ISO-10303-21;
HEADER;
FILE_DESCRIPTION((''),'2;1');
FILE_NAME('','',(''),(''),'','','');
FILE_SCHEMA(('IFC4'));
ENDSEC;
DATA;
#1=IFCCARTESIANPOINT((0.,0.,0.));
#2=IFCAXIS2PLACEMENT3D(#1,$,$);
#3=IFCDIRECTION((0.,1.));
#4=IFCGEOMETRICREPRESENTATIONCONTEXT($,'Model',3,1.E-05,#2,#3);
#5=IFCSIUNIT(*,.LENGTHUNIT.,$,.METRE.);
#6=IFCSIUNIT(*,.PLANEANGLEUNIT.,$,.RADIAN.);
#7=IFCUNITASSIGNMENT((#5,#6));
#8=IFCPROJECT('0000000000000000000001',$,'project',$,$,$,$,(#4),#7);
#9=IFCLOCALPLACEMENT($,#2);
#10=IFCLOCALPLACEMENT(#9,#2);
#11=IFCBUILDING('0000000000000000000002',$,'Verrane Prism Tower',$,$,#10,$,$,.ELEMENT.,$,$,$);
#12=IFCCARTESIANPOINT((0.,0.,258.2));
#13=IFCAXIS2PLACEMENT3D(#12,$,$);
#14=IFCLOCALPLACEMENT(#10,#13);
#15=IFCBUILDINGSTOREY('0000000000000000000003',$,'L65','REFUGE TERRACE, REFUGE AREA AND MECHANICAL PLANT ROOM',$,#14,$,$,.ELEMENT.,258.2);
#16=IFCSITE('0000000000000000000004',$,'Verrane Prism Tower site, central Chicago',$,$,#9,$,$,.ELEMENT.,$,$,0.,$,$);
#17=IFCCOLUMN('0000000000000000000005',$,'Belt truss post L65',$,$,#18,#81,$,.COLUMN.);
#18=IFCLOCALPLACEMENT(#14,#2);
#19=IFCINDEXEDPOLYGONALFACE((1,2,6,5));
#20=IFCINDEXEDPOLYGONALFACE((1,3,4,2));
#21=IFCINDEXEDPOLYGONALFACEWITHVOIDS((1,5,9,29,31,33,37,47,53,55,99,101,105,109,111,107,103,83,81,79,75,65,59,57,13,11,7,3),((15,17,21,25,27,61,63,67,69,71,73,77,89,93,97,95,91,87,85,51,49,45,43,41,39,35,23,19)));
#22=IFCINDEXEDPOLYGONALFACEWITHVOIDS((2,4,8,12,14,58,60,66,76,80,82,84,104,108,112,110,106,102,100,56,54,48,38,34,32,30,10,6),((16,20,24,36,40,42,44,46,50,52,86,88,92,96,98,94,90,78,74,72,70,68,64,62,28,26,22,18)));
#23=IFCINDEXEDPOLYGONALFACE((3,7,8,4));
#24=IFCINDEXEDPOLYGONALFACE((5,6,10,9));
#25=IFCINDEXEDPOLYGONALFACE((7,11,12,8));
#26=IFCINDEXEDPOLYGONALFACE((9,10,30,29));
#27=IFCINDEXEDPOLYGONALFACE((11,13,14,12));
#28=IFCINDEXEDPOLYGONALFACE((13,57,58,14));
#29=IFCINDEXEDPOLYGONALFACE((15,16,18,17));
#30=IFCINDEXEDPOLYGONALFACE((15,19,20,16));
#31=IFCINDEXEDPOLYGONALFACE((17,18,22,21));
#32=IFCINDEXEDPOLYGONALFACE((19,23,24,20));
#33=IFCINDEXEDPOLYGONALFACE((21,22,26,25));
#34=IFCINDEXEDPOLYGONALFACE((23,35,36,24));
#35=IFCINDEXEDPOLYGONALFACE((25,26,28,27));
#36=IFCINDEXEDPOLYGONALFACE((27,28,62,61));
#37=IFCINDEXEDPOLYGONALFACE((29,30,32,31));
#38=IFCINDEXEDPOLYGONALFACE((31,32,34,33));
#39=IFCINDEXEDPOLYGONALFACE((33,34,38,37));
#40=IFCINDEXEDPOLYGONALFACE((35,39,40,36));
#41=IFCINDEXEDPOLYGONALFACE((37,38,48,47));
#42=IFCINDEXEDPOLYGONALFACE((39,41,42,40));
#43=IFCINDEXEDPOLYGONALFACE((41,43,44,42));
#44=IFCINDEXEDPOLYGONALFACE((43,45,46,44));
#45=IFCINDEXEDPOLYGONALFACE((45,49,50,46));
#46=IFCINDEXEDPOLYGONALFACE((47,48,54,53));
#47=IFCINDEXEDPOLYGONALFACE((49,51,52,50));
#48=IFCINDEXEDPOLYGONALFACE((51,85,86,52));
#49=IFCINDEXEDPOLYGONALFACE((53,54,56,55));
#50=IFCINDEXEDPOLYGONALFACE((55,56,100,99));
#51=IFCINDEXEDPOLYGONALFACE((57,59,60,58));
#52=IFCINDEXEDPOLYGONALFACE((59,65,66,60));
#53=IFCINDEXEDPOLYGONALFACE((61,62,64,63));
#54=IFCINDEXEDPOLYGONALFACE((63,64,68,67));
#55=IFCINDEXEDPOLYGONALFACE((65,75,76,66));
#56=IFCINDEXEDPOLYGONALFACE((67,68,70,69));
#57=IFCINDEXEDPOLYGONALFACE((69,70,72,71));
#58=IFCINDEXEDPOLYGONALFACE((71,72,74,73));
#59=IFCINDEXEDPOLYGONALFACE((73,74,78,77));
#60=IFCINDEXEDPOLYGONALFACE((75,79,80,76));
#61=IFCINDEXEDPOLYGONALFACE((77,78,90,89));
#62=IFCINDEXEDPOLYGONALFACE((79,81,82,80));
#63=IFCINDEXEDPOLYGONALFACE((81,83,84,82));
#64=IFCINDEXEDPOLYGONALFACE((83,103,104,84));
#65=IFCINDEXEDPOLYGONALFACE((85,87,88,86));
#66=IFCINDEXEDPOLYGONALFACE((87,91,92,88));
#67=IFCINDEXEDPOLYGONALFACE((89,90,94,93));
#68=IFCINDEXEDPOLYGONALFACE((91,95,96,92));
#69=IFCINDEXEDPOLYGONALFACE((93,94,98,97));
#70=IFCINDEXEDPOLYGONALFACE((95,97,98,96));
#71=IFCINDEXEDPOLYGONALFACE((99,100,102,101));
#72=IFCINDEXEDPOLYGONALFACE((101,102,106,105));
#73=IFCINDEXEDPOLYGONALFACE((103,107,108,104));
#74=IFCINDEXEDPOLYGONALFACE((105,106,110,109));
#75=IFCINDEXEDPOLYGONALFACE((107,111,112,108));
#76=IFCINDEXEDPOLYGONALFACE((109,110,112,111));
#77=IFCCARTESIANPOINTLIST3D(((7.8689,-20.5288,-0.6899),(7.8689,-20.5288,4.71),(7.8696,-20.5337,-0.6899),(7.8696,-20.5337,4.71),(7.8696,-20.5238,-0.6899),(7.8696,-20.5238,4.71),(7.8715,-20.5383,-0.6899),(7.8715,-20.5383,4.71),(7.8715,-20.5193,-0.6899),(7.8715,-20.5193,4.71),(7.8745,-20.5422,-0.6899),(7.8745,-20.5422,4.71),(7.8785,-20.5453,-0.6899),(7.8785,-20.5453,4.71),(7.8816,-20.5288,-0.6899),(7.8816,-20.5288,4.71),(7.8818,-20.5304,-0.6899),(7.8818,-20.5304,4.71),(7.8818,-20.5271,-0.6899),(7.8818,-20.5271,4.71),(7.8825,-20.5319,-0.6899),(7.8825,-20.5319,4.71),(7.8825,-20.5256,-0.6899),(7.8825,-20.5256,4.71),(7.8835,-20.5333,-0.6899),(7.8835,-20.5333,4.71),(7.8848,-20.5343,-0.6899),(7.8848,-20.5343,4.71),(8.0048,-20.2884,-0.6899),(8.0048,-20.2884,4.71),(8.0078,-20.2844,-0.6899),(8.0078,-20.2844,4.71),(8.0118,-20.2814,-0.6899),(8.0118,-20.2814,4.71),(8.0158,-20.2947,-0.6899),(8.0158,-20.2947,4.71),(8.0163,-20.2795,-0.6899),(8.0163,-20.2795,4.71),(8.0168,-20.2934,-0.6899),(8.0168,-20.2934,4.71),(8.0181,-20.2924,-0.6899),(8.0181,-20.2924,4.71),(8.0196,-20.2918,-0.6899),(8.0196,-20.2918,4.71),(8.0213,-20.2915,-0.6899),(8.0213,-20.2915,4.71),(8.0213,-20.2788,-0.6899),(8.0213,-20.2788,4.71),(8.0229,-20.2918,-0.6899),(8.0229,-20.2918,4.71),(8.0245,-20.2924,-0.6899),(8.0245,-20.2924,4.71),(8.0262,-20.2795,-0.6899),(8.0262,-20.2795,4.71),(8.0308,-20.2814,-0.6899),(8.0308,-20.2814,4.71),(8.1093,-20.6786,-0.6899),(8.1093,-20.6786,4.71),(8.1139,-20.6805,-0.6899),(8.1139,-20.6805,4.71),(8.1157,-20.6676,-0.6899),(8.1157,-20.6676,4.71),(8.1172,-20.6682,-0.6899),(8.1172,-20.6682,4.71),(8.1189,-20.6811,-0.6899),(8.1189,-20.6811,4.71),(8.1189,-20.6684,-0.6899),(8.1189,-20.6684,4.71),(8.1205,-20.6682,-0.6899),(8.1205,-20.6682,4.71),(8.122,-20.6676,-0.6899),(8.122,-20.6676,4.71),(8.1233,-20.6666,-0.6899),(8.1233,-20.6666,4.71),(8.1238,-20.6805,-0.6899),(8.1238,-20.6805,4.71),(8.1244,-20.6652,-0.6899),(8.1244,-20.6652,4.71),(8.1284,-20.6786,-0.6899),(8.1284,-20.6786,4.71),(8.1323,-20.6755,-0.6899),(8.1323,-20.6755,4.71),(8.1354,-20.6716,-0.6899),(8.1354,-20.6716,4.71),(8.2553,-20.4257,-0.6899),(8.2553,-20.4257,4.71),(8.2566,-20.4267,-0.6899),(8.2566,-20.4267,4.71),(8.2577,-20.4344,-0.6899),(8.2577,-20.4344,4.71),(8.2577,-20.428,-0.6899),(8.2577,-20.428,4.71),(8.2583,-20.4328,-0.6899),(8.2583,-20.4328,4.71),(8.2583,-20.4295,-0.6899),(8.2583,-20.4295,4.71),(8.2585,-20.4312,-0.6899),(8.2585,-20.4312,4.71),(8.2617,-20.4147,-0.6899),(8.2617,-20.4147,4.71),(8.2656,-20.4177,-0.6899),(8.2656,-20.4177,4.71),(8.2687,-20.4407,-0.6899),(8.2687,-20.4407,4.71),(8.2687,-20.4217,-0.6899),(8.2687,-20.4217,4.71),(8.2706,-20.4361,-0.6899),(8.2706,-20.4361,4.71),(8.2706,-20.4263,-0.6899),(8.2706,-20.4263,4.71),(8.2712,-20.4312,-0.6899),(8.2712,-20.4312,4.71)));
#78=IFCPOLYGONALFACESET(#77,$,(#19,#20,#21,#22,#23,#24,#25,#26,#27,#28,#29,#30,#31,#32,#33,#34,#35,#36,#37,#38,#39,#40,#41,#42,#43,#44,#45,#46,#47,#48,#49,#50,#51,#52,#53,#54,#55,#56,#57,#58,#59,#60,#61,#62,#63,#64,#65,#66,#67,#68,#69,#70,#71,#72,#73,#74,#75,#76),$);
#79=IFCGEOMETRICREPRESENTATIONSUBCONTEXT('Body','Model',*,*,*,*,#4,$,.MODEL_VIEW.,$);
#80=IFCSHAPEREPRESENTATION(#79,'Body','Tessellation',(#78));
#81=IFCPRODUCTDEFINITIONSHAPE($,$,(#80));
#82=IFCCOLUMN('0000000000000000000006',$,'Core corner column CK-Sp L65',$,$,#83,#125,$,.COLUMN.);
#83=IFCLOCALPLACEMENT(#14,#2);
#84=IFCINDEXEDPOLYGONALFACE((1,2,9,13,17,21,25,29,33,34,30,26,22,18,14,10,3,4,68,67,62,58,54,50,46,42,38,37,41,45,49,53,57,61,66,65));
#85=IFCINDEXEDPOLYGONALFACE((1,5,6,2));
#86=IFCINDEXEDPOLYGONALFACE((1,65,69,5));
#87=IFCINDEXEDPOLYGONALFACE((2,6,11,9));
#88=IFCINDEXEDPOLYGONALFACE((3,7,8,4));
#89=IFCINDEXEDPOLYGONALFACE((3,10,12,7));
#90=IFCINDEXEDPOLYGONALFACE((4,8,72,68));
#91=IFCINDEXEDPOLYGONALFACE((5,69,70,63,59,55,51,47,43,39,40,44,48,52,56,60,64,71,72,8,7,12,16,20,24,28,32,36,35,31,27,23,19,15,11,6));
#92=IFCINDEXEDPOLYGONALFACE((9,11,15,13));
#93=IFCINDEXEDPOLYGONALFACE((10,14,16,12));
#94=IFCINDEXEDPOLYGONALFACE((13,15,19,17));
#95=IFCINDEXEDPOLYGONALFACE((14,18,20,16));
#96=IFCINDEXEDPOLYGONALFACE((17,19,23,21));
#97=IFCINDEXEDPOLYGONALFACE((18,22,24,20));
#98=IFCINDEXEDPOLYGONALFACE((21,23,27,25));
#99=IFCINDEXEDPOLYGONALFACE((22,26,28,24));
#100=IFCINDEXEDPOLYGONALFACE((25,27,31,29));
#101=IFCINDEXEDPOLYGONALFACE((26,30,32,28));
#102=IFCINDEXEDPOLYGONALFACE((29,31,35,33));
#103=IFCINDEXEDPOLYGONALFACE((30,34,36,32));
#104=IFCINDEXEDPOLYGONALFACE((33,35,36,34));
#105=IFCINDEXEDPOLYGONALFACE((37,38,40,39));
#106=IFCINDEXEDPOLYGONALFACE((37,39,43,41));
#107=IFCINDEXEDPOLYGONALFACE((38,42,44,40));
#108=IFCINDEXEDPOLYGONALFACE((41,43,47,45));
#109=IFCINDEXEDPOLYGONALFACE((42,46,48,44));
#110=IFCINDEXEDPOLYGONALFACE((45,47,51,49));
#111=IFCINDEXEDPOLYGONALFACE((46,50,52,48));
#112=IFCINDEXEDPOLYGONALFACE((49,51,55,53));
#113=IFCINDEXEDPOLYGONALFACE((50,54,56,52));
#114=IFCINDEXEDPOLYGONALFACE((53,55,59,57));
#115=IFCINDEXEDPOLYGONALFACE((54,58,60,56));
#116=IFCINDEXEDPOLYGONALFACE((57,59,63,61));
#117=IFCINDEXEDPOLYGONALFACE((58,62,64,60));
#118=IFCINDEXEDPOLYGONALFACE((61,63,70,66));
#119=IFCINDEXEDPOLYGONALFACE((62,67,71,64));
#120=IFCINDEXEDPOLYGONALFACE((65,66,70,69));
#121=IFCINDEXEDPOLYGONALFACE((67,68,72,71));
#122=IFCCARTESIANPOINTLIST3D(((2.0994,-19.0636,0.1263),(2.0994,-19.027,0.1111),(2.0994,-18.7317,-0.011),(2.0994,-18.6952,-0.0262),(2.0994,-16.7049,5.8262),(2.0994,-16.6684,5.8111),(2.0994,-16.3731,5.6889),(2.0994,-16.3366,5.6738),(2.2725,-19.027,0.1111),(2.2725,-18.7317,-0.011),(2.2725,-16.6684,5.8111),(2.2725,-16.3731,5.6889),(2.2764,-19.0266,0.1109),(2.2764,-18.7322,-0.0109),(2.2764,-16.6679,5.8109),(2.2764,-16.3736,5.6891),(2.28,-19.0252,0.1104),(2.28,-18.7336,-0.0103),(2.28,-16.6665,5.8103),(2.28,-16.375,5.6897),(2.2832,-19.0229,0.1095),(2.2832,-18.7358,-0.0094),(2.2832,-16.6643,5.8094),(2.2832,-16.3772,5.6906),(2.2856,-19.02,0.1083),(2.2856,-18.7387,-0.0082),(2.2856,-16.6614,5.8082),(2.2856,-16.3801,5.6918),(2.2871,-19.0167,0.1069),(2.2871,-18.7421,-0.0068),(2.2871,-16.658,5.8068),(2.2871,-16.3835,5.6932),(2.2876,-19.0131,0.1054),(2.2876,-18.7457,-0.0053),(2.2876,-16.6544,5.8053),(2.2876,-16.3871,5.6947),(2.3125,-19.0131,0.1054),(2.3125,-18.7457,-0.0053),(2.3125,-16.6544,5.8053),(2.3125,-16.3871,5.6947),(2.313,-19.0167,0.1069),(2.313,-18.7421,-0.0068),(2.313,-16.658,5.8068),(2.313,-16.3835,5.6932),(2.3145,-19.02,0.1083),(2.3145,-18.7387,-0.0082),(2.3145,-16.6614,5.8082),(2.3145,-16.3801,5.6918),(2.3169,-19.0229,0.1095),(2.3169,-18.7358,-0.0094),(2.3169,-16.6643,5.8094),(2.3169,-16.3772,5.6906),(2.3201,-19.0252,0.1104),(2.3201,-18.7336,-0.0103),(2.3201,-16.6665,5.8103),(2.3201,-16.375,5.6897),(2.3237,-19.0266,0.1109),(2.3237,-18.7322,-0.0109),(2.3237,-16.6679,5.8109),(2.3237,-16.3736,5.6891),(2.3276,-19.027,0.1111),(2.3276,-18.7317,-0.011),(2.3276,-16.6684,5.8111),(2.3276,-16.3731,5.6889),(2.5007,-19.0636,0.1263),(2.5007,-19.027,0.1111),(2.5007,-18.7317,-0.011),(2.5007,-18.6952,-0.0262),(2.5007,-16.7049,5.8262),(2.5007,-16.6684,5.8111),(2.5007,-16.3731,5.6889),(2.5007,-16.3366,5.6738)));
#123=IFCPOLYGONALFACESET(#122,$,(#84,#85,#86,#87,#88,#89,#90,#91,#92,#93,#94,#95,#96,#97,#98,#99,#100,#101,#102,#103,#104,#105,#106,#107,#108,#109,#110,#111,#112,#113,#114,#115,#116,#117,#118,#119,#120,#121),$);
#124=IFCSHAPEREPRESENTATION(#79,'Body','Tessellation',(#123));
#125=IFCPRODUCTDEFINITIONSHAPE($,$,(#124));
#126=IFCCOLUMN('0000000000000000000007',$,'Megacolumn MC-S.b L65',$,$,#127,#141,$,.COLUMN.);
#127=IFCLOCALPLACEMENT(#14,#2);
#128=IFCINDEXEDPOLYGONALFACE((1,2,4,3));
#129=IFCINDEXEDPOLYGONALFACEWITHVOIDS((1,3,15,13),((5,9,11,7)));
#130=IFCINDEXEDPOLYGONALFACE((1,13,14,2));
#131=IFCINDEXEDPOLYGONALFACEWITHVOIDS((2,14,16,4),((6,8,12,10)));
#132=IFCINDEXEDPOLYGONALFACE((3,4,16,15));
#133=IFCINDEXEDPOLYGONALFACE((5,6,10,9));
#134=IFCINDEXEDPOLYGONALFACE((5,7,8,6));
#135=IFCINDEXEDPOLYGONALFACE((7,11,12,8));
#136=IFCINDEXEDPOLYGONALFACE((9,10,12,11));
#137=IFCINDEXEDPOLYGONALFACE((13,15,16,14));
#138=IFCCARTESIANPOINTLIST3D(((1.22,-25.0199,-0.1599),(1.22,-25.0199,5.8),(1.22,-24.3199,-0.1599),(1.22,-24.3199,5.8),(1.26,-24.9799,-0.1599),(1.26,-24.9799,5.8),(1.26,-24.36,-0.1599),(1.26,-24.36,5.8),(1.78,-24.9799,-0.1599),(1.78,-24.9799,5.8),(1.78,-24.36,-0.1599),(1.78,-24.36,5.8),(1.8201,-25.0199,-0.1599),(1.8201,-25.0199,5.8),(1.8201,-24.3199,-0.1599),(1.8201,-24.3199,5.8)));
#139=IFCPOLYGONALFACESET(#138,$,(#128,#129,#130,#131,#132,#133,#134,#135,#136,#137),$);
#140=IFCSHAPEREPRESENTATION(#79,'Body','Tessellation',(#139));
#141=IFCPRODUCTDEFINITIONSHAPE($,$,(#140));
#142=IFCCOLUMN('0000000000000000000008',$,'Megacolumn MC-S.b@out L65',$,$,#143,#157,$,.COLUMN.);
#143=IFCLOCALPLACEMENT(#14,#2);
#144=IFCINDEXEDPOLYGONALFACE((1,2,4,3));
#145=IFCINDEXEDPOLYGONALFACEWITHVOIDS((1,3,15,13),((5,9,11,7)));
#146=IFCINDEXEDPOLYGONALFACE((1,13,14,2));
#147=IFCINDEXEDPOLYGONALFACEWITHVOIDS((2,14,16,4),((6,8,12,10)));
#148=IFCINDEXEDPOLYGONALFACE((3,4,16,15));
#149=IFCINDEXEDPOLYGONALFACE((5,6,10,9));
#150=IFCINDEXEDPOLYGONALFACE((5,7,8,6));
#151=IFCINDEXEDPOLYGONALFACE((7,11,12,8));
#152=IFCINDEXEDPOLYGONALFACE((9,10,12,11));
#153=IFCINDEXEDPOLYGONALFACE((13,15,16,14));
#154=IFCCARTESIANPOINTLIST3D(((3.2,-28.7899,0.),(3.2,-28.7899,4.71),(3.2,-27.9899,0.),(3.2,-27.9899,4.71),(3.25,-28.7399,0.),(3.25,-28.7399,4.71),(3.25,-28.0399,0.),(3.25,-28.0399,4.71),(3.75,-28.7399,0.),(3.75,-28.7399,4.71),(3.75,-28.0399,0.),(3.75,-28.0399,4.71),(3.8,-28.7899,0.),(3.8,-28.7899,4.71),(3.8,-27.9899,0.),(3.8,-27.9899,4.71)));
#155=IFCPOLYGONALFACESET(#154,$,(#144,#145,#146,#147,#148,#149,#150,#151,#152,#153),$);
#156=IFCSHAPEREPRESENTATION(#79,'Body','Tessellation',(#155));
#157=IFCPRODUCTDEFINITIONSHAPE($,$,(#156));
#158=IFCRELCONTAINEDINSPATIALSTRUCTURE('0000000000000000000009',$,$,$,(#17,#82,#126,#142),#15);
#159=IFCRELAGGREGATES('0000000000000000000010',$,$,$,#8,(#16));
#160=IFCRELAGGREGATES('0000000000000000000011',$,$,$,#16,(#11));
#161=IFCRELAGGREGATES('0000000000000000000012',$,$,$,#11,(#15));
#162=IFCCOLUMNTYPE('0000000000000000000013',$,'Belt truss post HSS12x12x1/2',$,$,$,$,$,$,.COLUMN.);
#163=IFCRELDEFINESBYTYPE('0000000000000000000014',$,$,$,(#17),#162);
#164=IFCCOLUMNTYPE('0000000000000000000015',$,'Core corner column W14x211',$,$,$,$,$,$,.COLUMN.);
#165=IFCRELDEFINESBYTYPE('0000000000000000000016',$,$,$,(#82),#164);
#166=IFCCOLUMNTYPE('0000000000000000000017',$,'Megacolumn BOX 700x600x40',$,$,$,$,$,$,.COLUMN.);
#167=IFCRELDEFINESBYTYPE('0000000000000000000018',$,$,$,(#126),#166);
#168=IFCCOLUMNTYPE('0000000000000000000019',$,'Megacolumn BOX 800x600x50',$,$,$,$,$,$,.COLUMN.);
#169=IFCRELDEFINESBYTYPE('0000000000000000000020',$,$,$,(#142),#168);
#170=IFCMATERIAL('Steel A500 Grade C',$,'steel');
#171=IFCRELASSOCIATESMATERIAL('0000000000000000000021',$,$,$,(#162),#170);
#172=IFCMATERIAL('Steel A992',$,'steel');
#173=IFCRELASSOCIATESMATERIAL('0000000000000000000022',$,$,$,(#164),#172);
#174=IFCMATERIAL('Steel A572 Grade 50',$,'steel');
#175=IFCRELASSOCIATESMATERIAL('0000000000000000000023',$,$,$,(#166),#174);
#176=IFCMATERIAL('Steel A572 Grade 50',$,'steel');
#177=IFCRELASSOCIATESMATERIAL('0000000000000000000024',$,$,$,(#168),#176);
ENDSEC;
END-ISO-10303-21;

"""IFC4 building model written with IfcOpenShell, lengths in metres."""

from ifc_helpers import new_model, si_unit, direction, frame, origin, origin_2d, place, context, subcontext, project, spatial, hollow_rectangle, i_section, extrude, material, material_profile, profile_set, type_object, element, save


model = new_model("IFC4")

# Units and contexts
model_context = context("Model", 3, precision=1e-05, world=origin(), true_north=direction((0.0, 1.0)))
body_context = subcontext(model_context, "Body", "Model", "MODEL_VIEW")
ifc_project = project(units=[si_unit("LENGTHUNIT", "METRE"), si_unit("PLANEANGLEUNIT", "RADIAN")], contexts=[model_context])

# Site, building, storey
site_placement = place(None, origin())
site = spatial("IfcSite", under=ifc_project, at=site_placement, Name="Verrane Prism Tower site, central Chicago", CompositionType="ELEMENT", RefElevation=0.0)
building_placement = place(site_placement, origin())
building = spatial("IfcBuilding", under=site, at=building_placement, Name="Verrane Prism Tower", CompositionType="ELEMENT")
storey_placement = place(building_placement, frame((0.0, 0.0, 258.2)))
storey = spatial("IfcBuildingStorey", under=building, at=storey_placement, Name="L65", Description="REFUGE TERRACE, REFUGE AREA AND MECHANICAL PLANT ROOM", CompositionType="ELEMENT", Elevation=258.2)

# Columns
ifc_material_1 = material(Name="Steel A500 Grade C", Category="steel")
ifc_material_profile_1 = material_profile(ifc_material_1, hollow_rectangle(XDim=0.3047, YDim=0.3047, WallThickness=0.0127, InnerFilletRadius=0.0063, OuterFilletRadius=0.019, at=origin_2d()), Name="HSS12x12x1/2")
ifc_profile_set_1 = profile_set([ifc_material_profile_1], Name="Steel A500 Grade C")
column_type_1 = type_object("IfcColumnType", Name="Belt truss post HSS12x12x1/2", PredefinedType="COLUMN", material=ifc_profile_set_1)
column_1_placement = place(storey_placement, frame((8.0701, -20.48, -0.6899), z_axis=(0.0, 0.0, 1.0), x_axis=(-0.5, -0.866025, 0.0)))
element("IfcColumn", 1, at=column_1_placement, inside=storey, type_object=column_type_1, Name="Belt truss post L65", PredefinedType="COLUMN", context=body_context, shape_type="SweptSolid", body=[
    extrude(hollow_rectangle(XDim=0.3047, YDim=0.3047, WallThickness=0.0127, InnerFilletRadius=0.0063, OuterFilletRadius=0.019, at=origin_2d()), origin(), (0.0, 0.0, 1.0), 5.3999),
])
ifc_material_2 = material(Name="Steel A992", Category="steel")
ifc_material_profile_2 = material_profile(ifc_material_2, i_section(OverallWidth=0.4014, OverallDepth=0.3987, WebThickness=0.0249, FlangeThickness=0.0396, FilletRadius=0.0151, at=origin_2d()), Name="W14x211")
ifc_profile_set_2 = profile_set([ifc_material_profile_2], Name="Steel A992")
column_type_2 = type_object("IfcColumnType", Name="Core corner column W14x211", PredefinedType="COLUMN", material=ifc_profile_set_2)
column_2_placement = place(storey_placement, frame((2.3, -18.8794, 0.05), z_axis=(0.0, 0.382358, 0.924014), x_axis=(-1.0, 0.0, 0.0)))
element("IfcColumn", 2, at=column_2_placement, inside=storey, type_object=column_type_2, Name="Core corner column CK-Sp L65", PredefinedType="COLUMN", context=body_context, shape_type="SweptSolid", body=[
    extrude(i_section(OverallWidth=0.4014, OverallDepth=0.3987, WebThickness=0.0249, FlangeThickness=0.0396, FilletRadius=0.0151, at=origin_2d()), origin(), (0.0, 0.0, 1.0), 6.1687),
])
ifc_material_3 = material(Name="Steel A572 Grade 50", Category="steel")
ifc_material_profile_3 = material_profile(ifc_material_3, hollow_rectangle(XDim=0.6001, YDim=0.7, WallThickness=0.04, at=origin_2d()), Name="BOX 700x600x40")
ifc_profile_set_3 = profile_set([ifc_material_profile_3], Name="Steel A572 Grade 50")
column_type_3 = type_object("IfcColumnType", Name="Megacolumn BOX 700x600x40", PredefinedType="COLUMN", material=ifc_profile_set_3)
column_3_placement = place(storey_placement, frame((1.52, -24.6699, -0.1599), z_axis=(0.0, 0.0, 1.0), x_axis=(-1.0, 0.0, 0.0)))
element("IfcColumn", 3, at=column_3_placement, inside=storey, type_object=column_type_3, Name="Megacolumn MC-S.b L65", PredefinedType="COLUMN", context=body_context, shape_type="SweptSolid", body=[
    extrude(hollow_rectangle(XDim=0.6001, YDim=0.7, WallThickness=0.04, at=origin_2d()), origin(), (0.0, 0.0, 1.0), 5.96),
])
ifc_material_4 = material(Name="Steel A572 Grade 50", Category="steel")
ifc_material_profile_4 = material_profile(ifc_material_4, hollow_rectangle(XDim=0.6001, YDim=0.8, WallThickness=0.05, at=origin_2d()), Name="BOX 800x600x50")
ifc_profile_set_4 = profile_set([ifc_material_profile_4], Name="Steel A572 Grade 50")
column_type_4 = type_object("IfcColumnType", Name="Megacolumn BOX 800x600x50", PredefinedType="COLUMN", material=ifc_profile_set_4)
column_4_placement = place(storey_placement, frame((3.5, -28.3899, 0.0), z_axis=(0.0, 0.0, 1.0), x_axis=(-1.0, 0.0, 0.0)))
element("IfcColumn", 4, at=column_4_placement, inside=storey, type_object=column_type_4, Name="Megacolumn MC-S.b@out L65", PredefinedType="COLUMN", context=body_context, shape_type="SweptSolid", body=[
    extrude(hollow_rectangle(XDim=0.6001, YDim=0.8, WallThickness=0.05, at=origin_2d()), origin(), (0.0, 0.0, 1.0), 4.71),
])

save(model, "model.ifc")
